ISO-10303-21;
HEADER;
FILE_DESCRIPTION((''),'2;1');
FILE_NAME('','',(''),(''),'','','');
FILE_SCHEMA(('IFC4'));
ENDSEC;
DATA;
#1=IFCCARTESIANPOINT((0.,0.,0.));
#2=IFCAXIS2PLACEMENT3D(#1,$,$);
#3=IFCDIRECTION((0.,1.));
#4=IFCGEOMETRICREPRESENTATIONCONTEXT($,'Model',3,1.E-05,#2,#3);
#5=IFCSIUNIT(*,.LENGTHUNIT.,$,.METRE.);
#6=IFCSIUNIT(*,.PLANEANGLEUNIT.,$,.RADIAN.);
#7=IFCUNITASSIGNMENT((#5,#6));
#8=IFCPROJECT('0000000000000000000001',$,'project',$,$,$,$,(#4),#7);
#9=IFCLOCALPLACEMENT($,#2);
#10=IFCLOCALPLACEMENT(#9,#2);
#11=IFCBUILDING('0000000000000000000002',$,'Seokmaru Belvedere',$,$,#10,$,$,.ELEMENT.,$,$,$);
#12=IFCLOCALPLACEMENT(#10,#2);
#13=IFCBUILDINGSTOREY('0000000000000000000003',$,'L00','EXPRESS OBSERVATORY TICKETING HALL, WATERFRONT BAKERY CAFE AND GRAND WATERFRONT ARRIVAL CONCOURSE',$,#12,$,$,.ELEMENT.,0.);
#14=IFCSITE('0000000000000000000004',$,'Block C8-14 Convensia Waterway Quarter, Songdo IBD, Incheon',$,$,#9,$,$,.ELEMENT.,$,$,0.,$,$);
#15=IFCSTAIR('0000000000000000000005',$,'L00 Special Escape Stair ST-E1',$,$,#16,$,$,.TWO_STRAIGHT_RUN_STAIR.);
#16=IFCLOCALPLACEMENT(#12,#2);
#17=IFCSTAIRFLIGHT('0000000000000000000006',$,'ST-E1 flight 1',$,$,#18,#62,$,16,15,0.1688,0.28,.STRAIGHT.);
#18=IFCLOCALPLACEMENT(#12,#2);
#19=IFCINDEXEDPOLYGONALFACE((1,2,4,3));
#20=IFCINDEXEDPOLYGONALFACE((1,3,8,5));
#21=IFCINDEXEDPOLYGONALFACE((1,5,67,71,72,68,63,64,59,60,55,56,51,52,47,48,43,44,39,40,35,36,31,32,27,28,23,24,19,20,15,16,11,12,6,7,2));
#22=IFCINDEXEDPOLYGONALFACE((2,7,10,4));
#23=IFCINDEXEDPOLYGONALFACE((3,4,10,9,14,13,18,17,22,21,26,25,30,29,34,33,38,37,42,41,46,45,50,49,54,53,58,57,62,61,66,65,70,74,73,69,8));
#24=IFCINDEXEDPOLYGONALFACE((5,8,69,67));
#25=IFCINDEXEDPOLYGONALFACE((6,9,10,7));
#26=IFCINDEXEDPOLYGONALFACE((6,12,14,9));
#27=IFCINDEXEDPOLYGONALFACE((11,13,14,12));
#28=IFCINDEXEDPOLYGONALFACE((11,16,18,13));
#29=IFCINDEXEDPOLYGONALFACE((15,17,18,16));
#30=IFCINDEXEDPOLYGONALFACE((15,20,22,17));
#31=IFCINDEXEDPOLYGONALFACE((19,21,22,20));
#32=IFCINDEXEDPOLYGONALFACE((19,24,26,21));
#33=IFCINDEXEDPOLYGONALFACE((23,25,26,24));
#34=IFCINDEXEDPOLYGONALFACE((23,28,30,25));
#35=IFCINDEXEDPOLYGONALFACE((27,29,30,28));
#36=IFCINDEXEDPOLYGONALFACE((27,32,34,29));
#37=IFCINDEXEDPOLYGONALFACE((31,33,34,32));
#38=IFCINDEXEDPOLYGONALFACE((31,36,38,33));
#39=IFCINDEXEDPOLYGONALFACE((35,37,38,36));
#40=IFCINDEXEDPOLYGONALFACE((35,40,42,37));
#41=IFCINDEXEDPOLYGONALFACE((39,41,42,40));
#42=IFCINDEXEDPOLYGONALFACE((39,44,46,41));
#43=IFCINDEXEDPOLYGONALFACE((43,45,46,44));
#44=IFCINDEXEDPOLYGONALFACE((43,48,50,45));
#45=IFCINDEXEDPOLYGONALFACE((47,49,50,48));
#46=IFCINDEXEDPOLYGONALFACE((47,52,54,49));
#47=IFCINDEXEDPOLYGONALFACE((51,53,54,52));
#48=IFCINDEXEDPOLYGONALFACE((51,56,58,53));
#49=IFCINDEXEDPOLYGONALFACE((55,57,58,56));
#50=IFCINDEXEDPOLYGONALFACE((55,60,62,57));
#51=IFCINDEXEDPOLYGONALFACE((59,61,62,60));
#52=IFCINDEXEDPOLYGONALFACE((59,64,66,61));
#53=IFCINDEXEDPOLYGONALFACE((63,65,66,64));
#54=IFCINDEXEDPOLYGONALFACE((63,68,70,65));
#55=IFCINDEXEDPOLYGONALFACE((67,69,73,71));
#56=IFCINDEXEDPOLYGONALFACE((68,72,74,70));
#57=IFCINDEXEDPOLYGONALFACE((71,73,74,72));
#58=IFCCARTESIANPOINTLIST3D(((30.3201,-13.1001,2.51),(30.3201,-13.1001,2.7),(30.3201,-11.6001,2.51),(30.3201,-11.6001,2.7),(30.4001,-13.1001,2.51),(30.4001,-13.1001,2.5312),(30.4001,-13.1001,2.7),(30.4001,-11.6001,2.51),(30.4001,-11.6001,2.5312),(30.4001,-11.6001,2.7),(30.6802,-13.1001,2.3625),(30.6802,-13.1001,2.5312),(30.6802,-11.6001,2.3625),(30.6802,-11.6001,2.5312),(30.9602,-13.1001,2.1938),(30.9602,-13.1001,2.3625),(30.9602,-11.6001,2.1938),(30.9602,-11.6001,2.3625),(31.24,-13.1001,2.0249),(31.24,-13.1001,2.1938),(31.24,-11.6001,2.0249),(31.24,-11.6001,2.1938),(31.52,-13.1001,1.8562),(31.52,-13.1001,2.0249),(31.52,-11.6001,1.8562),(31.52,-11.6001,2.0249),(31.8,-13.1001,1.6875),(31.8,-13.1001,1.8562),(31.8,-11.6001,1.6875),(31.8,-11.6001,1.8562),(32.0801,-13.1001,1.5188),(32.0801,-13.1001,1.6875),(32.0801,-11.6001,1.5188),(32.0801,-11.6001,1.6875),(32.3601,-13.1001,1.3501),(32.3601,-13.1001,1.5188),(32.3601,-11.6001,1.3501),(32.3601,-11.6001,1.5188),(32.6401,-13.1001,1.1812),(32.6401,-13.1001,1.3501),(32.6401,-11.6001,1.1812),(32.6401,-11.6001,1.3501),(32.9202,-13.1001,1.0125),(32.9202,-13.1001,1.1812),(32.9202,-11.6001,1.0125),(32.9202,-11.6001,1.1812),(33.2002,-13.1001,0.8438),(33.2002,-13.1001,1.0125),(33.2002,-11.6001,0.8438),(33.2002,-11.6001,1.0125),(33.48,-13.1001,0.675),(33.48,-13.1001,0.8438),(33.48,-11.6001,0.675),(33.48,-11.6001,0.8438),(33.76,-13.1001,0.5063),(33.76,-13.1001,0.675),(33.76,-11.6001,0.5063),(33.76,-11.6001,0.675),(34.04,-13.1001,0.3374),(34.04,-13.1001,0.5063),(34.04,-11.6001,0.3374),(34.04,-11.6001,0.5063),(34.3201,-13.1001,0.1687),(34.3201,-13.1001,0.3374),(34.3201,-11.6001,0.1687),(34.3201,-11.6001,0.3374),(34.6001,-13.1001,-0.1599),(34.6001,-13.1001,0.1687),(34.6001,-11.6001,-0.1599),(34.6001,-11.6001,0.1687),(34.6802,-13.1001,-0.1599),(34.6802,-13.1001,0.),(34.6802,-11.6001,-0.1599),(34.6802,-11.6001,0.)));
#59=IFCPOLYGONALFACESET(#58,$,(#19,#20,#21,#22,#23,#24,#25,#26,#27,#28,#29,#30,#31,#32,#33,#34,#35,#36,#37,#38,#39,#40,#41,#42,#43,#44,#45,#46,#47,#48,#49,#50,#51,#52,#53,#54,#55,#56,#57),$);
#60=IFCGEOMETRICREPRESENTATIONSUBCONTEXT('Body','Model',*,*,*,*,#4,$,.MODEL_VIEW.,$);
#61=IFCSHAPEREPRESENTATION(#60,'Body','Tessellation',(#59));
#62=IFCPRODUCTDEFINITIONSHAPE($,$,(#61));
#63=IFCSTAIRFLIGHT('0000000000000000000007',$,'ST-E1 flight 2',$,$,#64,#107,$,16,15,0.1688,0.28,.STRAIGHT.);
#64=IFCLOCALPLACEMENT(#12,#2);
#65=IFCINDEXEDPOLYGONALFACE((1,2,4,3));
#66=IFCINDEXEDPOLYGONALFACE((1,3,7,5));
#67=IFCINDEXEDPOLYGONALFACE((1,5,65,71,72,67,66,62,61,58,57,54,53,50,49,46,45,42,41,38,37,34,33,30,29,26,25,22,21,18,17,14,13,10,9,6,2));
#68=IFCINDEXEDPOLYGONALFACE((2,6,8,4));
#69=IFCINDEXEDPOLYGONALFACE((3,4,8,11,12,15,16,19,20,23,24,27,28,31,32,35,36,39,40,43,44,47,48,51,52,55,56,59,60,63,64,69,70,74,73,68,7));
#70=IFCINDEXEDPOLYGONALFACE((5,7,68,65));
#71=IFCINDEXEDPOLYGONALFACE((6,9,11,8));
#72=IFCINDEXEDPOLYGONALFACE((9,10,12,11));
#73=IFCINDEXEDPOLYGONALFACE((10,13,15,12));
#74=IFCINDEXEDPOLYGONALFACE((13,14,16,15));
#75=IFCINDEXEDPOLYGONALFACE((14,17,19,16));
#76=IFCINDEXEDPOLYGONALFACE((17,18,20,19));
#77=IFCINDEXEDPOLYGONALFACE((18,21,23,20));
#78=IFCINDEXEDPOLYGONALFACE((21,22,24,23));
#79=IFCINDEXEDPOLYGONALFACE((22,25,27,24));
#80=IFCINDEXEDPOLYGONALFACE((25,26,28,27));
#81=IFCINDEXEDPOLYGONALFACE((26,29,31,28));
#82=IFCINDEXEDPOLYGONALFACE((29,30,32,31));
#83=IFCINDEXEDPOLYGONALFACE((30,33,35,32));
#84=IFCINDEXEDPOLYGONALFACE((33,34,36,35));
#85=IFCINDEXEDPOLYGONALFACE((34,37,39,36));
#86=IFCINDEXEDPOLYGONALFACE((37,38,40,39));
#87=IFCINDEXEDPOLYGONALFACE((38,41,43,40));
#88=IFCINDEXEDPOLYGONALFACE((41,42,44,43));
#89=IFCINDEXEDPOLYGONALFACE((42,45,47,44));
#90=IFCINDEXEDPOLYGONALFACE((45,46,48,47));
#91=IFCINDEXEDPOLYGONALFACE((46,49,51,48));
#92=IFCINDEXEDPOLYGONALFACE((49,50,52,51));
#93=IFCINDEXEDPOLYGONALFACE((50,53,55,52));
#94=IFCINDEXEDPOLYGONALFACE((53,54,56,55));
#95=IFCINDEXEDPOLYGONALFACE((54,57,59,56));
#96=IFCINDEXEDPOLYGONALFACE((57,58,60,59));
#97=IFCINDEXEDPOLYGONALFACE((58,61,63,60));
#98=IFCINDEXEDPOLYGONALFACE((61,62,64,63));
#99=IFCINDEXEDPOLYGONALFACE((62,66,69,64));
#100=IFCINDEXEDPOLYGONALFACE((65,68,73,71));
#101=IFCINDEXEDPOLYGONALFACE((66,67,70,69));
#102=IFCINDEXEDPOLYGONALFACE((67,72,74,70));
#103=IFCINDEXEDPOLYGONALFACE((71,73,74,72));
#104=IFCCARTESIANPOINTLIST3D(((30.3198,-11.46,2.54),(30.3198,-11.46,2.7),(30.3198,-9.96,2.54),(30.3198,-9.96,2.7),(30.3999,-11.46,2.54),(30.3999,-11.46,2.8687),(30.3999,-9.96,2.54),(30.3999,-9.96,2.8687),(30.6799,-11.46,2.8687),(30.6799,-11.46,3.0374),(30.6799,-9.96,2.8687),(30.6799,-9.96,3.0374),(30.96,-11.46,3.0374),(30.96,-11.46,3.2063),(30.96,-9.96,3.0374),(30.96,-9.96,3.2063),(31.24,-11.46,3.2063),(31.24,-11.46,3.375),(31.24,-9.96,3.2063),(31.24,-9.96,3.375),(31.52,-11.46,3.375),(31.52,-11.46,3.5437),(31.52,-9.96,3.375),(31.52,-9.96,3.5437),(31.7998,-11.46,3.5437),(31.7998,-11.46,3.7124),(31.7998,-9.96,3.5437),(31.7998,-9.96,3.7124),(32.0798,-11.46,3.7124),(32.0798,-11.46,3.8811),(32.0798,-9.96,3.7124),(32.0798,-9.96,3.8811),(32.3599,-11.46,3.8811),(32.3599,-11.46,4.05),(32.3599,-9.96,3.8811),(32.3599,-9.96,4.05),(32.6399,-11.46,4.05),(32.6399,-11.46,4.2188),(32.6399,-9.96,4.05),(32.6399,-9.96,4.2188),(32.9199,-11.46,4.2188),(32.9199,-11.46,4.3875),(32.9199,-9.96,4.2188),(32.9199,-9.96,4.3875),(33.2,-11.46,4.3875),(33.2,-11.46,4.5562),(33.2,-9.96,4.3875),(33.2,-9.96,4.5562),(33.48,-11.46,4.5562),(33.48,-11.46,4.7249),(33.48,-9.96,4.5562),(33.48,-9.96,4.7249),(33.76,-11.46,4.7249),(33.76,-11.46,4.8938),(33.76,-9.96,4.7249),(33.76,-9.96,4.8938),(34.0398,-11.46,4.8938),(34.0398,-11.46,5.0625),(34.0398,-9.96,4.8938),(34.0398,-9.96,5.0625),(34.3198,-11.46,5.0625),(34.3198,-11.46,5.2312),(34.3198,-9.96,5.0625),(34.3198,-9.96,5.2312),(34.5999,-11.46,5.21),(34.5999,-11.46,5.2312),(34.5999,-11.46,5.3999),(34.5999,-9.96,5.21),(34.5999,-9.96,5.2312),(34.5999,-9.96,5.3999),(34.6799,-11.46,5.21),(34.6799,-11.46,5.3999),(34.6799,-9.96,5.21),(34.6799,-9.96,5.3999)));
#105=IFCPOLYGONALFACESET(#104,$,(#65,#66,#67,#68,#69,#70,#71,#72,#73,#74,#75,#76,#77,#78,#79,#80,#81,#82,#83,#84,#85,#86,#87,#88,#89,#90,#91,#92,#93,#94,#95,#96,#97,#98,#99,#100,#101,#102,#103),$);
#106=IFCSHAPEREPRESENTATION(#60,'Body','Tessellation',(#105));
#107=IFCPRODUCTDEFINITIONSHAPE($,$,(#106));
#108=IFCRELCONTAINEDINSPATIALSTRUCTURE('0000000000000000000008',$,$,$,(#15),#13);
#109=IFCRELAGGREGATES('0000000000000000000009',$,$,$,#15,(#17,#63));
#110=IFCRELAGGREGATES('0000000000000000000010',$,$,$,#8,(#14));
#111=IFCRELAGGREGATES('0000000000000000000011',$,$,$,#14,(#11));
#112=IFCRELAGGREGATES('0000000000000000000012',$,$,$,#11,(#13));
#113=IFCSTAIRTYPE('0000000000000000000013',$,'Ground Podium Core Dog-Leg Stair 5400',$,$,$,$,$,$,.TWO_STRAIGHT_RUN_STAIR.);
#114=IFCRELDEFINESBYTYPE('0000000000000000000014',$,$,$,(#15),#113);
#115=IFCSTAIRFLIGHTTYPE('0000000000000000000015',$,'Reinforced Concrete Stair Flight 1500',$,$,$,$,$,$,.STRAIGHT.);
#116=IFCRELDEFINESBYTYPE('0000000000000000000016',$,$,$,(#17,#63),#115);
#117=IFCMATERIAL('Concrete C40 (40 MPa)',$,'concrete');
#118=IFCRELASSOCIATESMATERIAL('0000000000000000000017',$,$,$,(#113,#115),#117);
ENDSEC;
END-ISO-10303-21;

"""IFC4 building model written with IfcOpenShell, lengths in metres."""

from ifc_helpers import new_model, si_unit, direction, frame, origin, place, context, subcontext, project, spatial, polyline, outline, extrude, material, type_object, element, aggregate, save


model = new_model("IFC4")

# Units and contexts
model_context = context("Model", 3, precision=1e-05, world=origin(), true_north=direction((0.0, 1.0)))
body_context = subcontext(model_context, "Body", "Model", "MODEL_VIEW")
ifc_project = project(units=[si_unit("LENGTHUNIT", "METRE"), si_unit("PLANEANGLEUNIT", "RADIAN")], contexts=[model_context])

# Site, building, storey
site_placement = place(None, origin())
site = spatial("IfcSite", under=ifc_project, at=site_placement, Name="Block C8-14 Convensia Waterway Quarter, Songdo IBD, Incheon", CompositionType="ELEMENT", RefElevation=0.0)
building_placement = place(site_placement, origin())
building = spatial("IfcBuilding", under=site, at=building_placement, Name="Seokmaru Belvedere", CompositionType="ELEMENT")
storey_placement = place(building_placement, origin())
storey = spatial("IfcBuildingStorey", under=building, at=storey_placement, Name="L00", Description="EXPRESS OBSERVATORY TICKETING HALL, WATERFRONT BAKERY CAFE AND GRAND WATERFRONT ARRIVAL CONCOURSE", CompositionType="ELEMENT", Elevation=0.0)

# Stair, stair flights
ifc_material_1 = material(Name="Concrete C40 (40 MPa)", Category="concrete")
stair_type = type_object("IfcStairType", Name="Ground Podium Core Dog-Leg Stair 5400", PredefinedType="TWO_STRAIGHT_RUN_STAIR", material=ifc_material_1)
stair_placement = place(storey_placement, origin())
stair = element("IfcStair", 1, at=stair_placement, inside=storey, type_object=stair_type, Name="L00 Special Escape Stair ST-E1", PredefinedType="TWO_STRAIGHT_RUN_STAIR")
stair_flight_type = type_object("IfcStairFlightType", Name="Reinforced Concrete Stair Flight 1500", PredefinedType="STRAIGHT", material=ifc_material_1)
stair_flight_1_placement = place(storey_placement, frame((34.6001, -12.3501, 0.0), z_axis=(0.0, 0.0, 1.0), x_axis=(-1.0, 0.0, 0.0)))
stair_flight_1 = element("IfcStairFlight", 2, at=stair_flight_1_placement, type_object=stair_flight_type, Name="ST-E1 flight 1", NumberOfRisers=16, NumberOfTreads=15, PredefinedType="STRAIGHT", RiserHeight=0.1688, TreadLength=0.28, context=body_context, shape_type="SweptSolid", body=[
    extrude(outline(polyline([(-0.0801, 0.0), (0.0, 0.1687), (0.28, 0.1687), (0.28, 0.3374), (0.5601, 0.3374), (0.5601, 0.5063), (0.8401, 0.5063), (0.8401, 0.675), (1.1201, 0.675), (1.1201, 0.8438), (1.3999, 0.8438), (1.3999, 1.0125), (1.6799, 1.0125), (1.6799, 1.1812), (1.96, 1.1812), (1.96, 1.3501), (2.24, 1.3501), (2.24, 1.5188), (2.52, 1.5188), (2.52, 1.6875), (2.8, 1.6875), (2.8, 1.8562), (3.0801, 1.8562), (3.0801, 2.0249), (3.3601, 2.0249), (3.3601, 2.1938), (3.6399, 2.1938), (3.6399, 2.3625), (3.9199, 2.3625), (3.9199, 2.5312), (4.2, 2.5312), (4.2, 2.7), (4.28, 2.7), (4.28, 2.51), (4.2, 2.51), (0.0, -0.1599), (-0.0801, -0.1599), (-0.0801, 0.0)])), frame((0.0, 0.75, 0.0), z_axis=(0.0, -1.0, 0.0), x_axis=(1.0, 0.0, 0.0)), (0.0, 0.0, 1.0), 1.5),
])
stair_flight_2_placement = place(storey_placement, frame((30.3999, -10.71, 2.7), z_axis=(0.0, 0.0, 1.0), x_axis=(1.0, 0.0, 0.0)))
stair_flight_2 = element("IfcStairFlight", 3, at=stair_flight_2_placement, type_object=stair_flight_type, Name="ST-E1 flight 2", NumberOfRisers=16, NumberOfTreads=15, PredefinedType="STRAIGHT", RiserHeight=0.1688, TreadLength=0.28, context=body_context, shape_type="SweptSolid", body=[
    extrude(outline(polyline([(-0.0801, 0.0), (0.0, 0.1687), (0.28, 0.1687), (0.28, 0.3374), (0.5601, 0.3374), (0.5601, 0.5063), (0.8401, 0.5063), (0.8401, 0.675), (1.1201, 0.675), (1.1201, 0.8438), (1.3999, 0.8438), (1.3999, 1.0125), (1.6799, 1.0125), (1.6799, 1.1812), (1.96, 1.1812), (1.96, 1.3501), (2.24, 1.3501), (2.24, 1.5188), (2.52, 1.5188), (2.52, 1.6875), (2.8, 1.6875), (2.8, 1.8562), (3.0801, 1.8562), (3.0801, 2.0249), (3.3601, 2.0249), (3.3601, 2.1938), (3.6399, 2.1938), (3.6399, 2.3625), (3.9199, 2.3625), (3.9199, 2.5312), (4.2, 2.5312), (4.2, 2.7), (4.28, 2.7), (4.28, 2.51), (4.2, 2.51), (0.0, -0.1599), (-0.0801, -0.1599), (-0.0801, 0.0)])), frame((0.0, 0.75, 0.0), z_axis=(0.0, -1.0, 0.0), x_axis=(1.0, 0.0, 0.0)), (0.0, 0.0, 1.0), 1.5),
])
aggregate(stair, [stair_flight_1, stair_flight_2])

save(model, "model.ifc")
